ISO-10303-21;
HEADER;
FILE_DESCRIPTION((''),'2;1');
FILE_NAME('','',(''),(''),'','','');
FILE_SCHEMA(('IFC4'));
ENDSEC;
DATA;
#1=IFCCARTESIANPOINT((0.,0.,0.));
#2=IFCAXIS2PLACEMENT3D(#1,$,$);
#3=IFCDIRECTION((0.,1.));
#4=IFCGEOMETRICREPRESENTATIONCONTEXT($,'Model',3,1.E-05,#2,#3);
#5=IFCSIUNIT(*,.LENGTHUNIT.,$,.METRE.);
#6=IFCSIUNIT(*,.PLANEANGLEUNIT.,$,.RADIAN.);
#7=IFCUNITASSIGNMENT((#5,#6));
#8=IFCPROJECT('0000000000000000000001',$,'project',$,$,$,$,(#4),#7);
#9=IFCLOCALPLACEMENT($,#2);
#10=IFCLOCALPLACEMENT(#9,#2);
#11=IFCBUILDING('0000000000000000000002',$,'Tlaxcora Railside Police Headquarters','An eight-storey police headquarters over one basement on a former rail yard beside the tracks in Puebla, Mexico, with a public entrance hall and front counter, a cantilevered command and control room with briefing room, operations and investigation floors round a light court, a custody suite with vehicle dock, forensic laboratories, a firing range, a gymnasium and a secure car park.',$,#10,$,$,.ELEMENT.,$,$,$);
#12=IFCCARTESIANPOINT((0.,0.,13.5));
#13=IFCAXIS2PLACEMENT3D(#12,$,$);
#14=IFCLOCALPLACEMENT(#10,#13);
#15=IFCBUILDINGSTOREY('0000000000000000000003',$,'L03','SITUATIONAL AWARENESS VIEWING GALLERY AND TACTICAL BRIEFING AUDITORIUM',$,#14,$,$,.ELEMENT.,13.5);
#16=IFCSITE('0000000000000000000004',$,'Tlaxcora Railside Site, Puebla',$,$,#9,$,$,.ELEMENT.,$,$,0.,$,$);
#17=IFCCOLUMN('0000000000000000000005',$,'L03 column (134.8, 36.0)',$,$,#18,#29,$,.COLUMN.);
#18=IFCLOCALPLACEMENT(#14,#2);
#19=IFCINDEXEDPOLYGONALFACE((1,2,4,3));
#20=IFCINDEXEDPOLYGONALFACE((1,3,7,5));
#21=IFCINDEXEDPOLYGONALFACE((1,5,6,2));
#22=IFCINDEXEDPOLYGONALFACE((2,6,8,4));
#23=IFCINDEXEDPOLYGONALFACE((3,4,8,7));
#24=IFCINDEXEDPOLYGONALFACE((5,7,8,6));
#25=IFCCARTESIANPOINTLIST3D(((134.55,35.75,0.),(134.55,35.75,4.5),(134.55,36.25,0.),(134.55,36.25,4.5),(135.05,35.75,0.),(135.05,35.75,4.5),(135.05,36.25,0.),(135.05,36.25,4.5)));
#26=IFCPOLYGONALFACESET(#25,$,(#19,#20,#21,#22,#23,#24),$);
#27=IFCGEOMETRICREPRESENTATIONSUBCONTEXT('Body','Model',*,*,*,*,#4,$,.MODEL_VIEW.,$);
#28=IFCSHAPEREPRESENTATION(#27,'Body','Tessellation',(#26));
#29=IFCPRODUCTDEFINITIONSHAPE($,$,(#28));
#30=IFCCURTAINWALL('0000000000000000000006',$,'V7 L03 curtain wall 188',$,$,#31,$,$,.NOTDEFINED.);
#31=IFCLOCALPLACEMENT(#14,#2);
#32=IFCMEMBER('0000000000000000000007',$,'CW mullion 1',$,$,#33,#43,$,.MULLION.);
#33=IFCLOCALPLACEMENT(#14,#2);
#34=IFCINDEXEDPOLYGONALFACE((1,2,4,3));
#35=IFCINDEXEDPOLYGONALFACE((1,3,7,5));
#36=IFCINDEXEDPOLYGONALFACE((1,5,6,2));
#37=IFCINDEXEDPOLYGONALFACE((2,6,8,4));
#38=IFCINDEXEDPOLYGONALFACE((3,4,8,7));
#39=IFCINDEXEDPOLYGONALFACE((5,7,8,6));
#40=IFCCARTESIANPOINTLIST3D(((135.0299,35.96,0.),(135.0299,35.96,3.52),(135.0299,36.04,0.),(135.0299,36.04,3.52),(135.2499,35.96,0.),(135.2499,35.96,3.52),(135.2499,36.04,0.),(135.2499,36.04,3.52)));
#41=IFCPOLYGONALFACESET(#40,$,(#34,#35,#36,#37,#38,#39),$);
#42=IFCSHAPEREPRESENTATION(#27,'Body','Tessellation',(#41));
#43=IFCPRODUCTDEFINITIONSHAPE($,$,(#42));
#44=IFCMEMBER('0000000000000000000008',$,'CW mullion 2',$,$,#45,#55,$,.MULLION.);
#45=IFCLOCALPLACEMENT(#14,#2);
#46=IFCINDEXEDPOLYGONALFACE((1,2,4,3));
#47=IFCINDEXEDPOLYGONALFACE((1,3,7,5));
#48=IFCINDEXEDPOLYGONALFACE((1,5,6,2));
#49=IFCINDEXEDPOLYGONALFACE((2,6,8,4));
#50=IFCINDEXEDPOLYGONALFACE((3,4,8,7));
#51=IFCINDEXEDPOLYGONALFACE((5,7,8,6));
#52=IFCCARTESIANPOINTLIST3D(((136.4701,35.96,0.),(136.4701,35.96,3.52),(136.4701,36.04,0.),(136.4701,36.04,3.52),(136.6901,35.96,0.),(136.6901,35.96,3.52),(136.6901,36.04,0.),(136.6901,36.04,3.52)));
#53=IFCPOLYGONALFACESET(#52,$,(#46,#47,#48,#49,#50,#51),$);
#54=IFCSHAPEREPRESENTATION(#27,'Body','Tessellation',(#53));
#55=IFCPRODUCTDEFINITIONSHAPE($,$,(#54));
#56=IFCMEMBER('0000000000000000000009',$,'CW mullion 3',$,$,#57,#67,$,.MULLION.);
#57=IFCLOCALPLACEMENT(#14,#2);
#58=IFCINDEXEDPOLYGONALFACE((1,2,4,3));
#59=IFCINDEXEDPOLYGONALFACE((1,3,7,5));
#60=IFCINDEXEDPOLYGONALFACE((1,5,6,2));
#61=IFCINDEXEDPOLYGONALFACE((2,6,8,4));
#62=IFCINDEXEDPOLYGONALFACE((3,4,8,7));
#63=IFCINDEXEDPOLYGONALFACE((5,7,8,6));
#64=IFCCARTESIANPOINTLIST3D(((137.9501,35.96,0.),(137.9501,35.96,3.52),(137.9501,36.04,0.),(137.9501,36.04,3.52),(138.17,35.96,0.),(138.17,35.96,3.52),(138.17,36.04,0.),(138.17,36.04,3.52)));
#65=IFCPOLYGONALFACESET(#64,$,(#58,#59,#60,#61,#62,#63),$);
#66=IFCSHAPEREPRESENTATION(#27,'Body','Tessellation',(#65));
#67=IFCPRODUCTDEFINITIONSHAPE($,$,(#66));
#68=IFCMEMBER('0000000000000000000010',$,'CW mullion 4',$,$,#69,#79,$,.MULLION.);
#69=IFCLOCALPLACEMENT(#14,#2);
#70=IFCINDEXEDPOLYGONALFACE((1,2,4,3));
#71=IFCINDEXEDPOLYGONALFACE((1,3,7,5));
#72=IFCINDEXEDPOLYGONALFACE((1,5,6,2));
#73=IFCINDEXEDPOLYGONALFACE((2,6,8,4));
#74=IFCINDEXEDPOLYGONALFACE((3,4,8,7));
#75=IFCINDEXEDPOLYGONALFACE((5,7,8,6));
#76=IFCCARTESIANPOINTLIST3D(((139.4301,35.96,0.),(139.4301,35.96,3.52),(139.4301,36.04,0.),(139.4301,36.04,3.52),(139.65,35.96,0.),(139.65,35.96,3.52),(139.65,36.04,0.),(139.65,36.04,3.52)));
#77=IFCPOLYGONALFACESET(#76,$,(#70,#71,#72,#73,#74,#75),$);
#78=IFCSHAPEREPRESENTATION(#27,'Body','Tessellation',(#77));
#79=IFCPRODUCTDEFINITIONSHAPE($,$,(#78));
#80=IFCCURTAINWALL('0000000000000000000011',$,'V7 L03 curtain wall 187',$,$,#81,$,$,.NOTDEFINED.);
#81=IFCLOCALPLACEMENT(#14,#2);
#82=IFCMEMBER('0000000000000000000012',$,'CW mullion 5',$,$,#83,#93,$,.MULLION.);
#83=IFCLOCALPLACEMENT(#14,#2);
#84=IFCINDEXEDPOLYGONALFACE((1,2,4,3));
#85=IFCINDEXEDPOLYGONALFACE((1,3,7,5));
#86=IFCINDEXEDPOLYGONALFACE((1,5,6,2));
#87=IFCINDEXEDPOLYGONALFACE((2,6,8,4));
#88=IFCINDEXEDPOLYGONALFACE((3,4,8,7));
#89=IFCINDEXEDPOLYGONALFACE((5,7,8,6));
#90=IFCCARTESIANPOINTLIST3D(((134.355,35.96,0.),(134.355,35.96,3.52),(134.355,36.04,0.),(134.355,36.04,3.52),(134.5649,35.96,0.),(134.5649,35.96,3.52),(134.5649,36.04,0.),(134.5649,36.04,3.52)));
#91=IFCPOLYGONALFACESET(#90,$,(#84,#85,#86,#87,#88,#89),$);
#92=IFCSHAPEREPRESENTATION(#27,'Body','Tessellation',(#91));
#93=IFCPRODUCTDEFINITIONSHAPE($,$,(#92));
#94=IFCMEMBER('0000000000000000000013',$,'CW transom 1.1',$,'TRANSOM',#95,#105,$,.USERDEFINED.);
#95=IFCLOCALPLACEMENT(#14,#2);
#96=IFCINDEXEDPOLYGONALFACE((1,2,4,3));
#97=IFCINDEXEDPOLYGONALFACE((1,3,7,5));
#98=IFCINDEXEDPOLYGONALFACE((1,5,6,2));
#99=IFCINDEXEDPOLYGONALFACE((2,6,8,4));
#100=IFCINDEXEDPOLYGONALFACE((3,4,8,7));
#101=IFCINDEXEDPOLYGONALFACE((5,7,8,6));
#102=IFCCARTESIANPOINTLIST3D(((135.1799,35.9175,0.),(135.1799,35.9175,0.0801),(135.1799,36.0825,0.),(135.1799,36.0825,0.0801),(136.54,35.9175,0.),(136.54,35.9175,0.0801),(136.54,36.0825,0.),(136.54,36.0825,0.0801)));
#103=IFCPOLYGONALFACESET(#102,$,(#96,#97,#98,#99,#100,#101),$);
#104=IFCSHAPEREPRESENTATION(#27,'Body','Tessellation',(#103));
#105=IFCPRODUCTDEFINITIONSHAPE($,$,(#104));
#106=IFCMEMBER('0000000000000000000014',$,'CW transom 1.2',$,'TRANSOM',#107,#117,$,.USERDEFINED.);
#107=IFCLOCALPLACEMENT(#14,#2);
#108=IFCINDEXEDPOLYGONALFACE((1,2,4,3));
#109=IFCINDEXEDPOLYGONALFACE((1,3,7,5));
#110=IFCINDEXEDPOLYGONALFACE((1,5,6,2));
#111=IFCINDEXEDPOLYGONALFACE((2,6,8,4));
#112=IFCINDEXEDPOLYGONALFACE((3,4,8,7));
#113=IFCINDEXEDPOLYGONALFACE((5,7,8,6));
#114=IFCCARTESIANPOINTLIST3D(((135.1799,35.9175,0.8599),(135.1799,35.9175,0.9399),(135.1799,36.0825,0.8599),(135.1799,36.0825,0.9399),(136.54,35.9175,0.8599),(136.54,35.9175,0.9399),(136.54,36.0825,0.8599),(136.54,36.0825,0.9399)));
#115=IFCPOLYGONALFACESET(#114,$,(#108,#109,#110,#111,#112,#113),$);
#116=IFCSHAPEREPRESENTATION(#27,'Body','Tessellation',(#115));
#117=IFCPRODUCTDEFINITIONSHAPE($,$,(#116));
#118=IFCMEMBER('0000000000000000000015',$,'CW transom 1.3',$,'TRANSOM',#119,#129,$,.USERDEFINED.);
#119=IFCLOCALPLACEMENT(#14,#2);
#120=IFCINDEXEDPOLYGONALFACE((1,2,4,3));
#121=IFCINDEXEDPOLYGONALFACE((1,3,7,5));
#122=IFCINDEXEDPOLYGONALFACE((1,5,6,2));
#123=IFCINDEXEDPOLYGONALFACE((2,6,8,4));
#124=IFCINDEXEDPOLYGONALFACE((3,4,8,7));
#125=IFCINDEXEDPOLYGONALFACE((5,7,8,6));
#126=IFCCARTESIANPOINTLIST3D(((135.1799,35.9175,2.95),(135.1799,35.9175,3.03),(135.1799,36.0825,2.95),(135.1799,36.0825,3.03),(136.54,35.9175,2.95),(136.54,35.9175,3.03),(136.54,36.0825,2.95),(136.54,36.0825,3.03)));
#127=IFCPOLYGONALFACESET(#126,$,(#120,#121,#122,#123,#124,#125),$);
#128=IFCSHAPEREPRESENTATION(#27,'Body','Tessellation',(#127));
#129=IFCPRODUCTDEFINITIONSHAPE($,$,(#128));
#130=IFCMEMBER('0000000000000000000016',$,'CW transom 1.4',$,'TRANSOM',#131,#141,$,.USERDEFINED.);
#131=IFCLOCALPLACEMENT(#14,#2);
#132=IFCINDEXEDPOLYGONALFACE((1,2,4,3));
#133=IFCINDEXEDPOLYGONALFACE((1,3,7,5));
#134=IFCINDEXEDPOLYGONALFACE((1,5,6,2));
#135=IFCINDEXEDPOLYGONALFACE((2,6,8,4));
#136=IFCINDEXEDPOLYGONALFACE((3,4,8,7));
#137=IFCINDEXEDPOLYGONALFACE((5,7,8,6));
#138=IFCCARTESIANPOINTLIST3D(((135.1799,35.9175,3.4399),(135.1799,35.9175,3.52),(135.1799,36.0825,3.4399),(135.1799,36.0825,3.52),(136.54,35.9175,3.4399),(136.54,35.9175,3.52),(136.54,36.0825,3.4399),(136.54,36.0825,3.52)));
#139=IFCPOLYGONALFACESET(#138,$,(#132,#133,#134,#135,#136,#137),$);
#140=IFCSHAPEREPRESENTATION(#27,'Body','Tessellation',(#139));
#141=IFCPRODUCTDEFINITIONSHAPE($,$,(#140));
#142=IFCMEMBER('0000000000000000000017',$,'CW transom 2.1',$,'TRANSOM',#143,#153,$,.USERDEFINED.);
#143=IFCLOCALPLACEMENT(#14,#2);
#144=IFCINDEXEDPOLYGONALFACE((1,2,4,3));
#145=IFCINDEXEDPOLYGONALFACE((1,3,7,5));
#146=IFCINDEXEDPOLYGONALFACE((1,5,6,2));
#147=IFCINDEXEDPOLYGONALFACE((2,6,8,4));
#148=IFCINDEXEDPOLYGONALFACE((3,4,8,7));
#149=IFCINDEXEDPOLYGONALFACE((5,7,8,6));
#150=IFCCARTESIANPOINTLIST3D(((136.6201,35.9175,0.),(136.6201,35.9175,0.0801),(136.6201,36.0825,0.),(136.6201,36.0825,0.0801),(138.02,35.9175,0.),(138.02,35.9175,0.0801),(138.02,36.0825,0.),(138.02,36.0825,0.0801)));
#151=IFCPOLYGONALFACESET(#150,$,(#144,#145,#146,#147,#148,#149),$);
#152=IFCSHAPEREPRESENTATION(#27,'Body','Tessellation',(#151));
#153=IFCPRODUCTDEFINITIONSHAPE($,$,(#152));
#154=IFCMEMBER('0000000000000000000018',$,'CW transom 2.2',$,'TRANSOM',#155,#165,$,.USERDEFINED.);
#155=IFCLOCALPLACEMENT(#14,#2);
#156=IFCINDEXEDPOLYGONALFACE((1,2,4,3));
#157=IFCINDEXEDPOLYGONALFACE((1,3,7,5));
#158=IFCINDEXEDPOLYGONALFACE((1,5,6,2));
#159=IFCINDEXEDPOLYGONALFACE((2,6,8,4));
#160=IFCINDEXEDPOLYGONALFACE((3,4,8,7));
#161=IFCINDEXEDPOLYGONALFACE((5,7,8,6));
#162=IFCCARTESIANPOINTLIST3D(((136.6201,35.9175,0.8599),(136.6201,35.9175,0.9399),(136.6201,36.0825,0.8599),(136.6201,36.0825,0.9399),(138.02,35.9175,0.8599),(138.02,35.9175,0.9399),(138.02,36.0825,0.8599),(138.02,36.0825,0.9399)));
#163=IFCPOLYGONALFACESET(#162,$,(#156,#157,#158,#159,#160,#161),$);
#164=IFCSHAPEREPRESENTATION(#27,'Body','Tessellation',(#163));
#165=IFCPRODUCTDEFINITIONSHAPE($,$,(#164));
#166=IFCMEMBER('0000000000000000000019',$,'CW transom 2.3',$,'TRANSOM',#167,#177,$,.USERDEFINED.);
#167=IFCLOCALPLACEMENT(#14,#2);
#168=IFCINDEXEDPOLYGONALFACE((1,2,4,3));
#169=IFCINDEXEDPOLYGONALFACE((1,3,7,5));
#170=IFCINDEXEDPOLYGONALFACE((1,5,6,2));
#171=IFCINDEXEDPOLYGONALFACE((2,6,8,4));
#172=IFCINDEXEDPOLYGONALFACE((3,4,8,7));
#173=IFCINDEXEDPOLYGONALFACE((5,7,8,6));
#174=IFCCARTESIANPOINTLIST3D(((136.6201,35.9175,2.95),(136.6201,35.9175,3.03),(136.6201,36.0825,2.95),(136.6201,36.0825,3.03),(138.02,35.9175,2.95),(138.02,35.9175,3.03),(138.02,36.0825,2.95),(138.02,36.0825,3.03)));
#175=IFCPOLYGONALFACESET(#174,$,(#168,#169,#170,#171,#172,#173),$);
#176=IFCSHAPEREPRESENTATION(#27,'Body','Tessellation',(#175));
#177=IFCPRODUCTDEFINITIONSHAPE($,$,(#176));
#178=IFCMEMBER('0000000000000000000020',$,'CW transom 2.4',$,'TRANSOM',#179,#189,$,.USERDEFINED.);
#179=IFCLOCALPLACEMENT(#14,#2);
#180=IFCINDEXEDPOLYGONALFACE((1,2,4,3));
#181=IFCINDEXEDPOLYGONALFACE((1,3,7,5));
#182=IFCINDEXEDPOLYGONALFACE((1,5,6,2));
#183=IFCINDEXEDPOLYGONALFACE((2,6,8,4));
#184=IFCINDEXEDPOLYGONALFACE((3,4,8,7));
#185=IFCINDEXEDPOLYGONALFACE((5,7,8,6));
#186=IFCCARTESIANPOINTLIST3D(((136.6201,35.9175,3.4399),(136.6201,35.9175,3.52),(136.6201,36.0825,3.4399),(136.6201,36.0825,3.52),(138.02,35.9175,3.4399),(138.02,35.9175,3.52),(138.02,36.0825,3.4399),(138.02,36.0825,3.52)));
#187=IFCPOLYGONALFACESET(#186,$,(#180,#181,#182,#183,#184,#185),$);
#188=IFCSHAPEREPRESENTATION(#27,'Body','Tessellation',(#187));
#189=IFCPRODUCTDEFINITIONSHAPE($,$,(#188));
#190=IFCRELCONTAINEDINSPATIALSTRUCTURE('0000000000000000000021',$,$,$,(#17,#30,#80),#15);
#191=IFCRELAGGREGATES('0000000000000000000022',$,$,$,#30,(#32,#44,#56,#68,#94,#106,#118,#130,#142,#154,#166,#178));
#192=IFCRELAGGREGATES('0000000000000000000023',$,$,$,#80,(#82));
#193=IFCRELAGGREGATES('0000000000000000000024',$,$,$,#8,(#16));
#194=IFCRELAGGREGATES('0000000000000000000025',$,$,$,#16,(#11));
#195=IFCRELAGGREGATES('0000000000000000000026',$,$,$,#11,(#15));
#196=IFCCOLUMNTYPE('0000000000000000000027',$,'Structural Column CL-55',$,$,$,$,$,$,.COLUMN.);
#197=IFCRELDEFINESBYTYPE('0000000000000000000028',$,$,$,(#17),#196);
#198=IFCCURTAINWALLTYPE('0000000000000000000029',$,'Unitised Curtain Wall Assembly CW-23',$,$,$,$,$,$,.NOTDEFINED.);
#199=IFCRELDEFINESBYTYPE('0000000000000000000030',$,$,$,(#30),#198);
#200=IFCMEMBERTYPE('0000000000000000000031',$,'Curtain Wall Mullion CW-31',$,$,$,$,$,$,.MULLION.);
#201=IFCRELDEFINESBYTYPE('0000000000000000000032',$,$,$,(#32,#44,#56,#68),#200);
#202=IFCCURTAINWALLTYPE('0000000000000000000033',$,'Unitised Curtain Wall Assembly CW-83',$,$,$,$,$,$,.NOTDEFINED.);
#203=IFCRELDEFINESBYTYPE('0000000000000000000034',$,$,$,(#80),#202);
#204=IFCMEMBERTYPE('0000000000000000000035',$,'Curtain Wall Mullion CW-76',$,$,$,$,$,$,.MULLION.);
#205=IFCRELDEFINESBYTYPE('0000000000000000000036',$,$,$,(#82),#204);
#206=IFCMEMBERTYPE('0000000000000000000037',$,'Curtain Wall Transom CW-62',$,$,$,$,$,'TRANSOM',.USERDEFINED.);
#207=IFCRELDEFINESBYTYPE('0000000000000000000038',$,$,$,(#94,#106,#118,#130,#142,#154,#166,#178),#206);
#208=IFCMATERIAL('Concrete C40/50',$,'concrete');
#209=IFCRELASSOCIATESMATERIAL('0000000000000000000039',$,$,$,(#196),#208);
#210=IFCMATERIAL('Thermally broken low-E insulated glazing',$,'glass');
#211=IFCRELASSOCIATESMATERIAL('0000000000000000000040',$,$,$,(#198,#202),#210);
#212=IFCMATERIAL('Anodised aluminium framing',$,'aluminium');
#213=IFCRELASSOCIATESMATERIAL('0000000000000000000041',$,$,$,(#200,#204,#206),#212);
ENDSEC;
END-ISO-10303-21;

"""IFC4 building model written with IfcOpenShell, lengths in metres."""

from ifc_helpers import new_model, si_unit, direction, frame, origin, origin_2d, place, context, subcontext, project, spatial, rectangle, extrude, material, material_profile, profile_set, type_object, element, aggregate, save


model = new_model("IFC4")

# Units and contexts
model_context = context("Model", 3, precision=1e-05, world=origin(), true_north=direction((0.0, 1.0)))
body_context = subcontext(model_context, "Body", "Model", "MODEL_VIEW")
ifc_project = project(units=[si_unit("LENGTHUNIT", "METRE"), si_unit("PLANEANGLEUNIT", "RADIAN")], contexts=[model_context])

# Site, building, storey
site_placement = place(None, origin())
site = spatial("IfcSite", under=ifc_project, at=site_placement, Name="Tlaxcora Railside Site, Puebla", CompositionType="ELEMENT", RefElevation=0.0)
building_placement = place(site_placement, origin())
building = spatial("IfcBuilding", under=site, at=building_placement, Name="Tlaxcora Railside Police Headquarters", Description="An eight-storey police headquarters over one basement on a former rail yard beside the tracks in Puebla, Mexico, with a public entrance hall and front counter, a cantilevered command and control room with briefing room, operations and investigation floors round a light court, a custody suite with vehicle dock, forensic laboratories, a firing range, a gymnasium and a secure car park.", CompositionType="ELEMENT")
storey_placement = place(building_placement, frame((0.0, 0.0, 13.5)))
storey = spatial("IfcBuildingStorey", under=building, at=storey_placement, Name="L03", Description="SITUATIONAL AWARENESS VIEWING GALLERY AND TACTICAL BRIEFING AUDITORIUM", CompositionType="ELEMENT", Elevation=13.5)

# Column
ifc_material_1 = material(Name="Concrete C40/50", Category="concrete")
ifc_material_profile_1 = material_profile(ifc_material_1, rectangle(XDim=0.5, YDim=0.5, at=origin_2d()), Name="RC500X500")
ifc_profile_set_1 = profile_set([ifc_material_profile_1], Name="Concrete C40/50")
column_type = type_object("IfcColumnType", Name="Structural Column CL-55", PredefinedType="COLUMN", material=ifc_profile_set_1)
column_placement = place(storey_placement, frame((134.8, 36.0, 0.0), z_axis=(0.0, 0.0, 1.0), x_axis=(1.0, 0.0, 0.0)))
element("IfcColumn", 1, at=column_placement, inside=storey, type_object=column_type, Name="L03 column (134.8, 36.0)", PredefinedType="COLUMN", context=body_context, shape_type="SweptSolid", body=[
    extrude(rectangle(XDim=0.5, YDim=0.5, at=origin_2d()), origin(), (0.0, 0.0, 1.0), 4.5),
])

# Curtain wall, members
ifc_material_2 = material(Name="Thermally broken low-E insulated glazing", Category="glass")
curtain_wall_type_1 = type_object("IfcCurtainWallType", Name="Unitised Curtain Wall Assembly CW-23", PredefinedType="NOTDEFINED", material=ifc_material_2)
curtain_wall_1_placement = place(storey_placement, origin())
curtain_wall_1 = element("IfcCurtainWall", 2, at=curtain_wall_1_placement, inside=storey, type_object=curtain_wall_type_1, Name="V7 L03 curtain wall 188", PredefinedType="NOTDEFINED")
ifc_material_3 = material(Name="Anodised aluminium framing", Category="aluminium")
ifc_material_profile_2 = material_profile(ifc_material_3, rectangle(XDim=0.0801, YDim=0.22, at=origin_2d()), Name="AL80X220")
ifc_profile_set_2 = profile_set([ifc_material_profile_2], Name="Anodised aluminium framing")
member_type_1 = type_object("IfcMemberType", Name="Curtain Wall Mullion CW-31", PredefinedType="MULLION", material=ifc_profile_set_2)
member_1_placement = place(storey_placement, frame((135.1399, 36.0, 0.0), z_axis=(0.0, 0.0, 1.0), x_axis=(0.0, 1.0, 0.0)))
member_1 = element("IfcMember", 3, at=member_1_placement, type_object=member_type_1, Name="CW mullion 1", PredefinedType="MULLION", context=body_context, shape_type="SweptSolid", body=[
    extrude(rectangle(XDim=0.0801, YDim=0.22, at=origin_2d()), origin(), (0.0, 0.0, 1.0), 3.52),
])
member_2_placement = place(storey_placement, frame((136.5801, 36.0, 0.0), z_axis=(0.0, 0.0, 1.0), x_axis=(0.0, 1.0, 0.0)))
member_2 = element("IfcMember", 4, at=member_2_placement, type_object=member_type_1, Name="CW mullion 2", PredefinedType="MULLION", context=body_context, shape_type="SweptSolid", body=[
    extrude(rectangle(XDim=0.0801, YDim=0.22, at=origin_2d()), origin(), (0.0, 0.0, 1.0), 3.52),
])
member_3_placement = place(storey_placement, frame((138.0601, 36.0, 0.0), z_axis=(0.0, 0.0, 1.0), x_axis=(0.0, 1.0, 0.0)))
member_3 = element("IfcMember", 5, at=member_3_placement, type_object=member_type_1, Name="CW mullion 3", PredefinedType="MULLION", context=body_context, shape_type="SweptSolid", body=[
    extrude(rectangle(XDim=0.0801, YDim=0.22, at=origin_2d()), origin(), (0.0, 0.0, 1.0), 3.52),
])
member_4_placement = place(storey_placement, frame((139.54, 36.0, 0.0), z_axis=(0.0, 0.0, 1.0), x_axis=(0.0, 1.0, 0.0)))
member_4 = element("IfcMember", 6, at=member_4_placement, type_object=member_type_1, Name="CW mullion 4", PredefinedType="MULLION", context=body_context, shape_type="SweptSolid", body=[
    extrude(rectangle(XDim=0.0801, YDim=0.22, at=origin_2d()), origin(), (0.0, 0.0, 1.0), 3.52),
])

# Curtain wall, member
curtain_wall_type_2 = type_object("IfcCurtainWallType", Name="Unitised Curtain Wall Assembly CW-83", PredefinedType="NOTDEFINED", material=ifc_material_2)
curtain_wall_2_placement = place(storey_placement, origin())
curtain_wall_2 = element("IfcCurtainWall", 7, at=curtain_wall_2_placement, inside=storey, type_object=curtain_wall_type_2, Name="V7 L03 curtain wall 187", PredefinedType="NOTDEFINED")
ifc_material_profile_3 = material_profile(ifc_material_3, rectangle(XDim=0.0801, YDim=0.21, at=origin_2d()), Name="AL80X210")
ifc_profile_set_3 = profile_set([ifc_material_profile_3], Name="Anodised aluminium framing")
member_type_2 = type_object("IfcMemberType", Name="Curtain Wall Mullion CW-76", PredefinedType="MULLION", material=ifc_profile_set_3)
member_5_placement = place(storey_placement, frame((134.46, 36.0, 0.0), z_axis=(0.0, 0.0, 1.0), x_axis=(0.0, 1.0, 0.0)))
member_5 = element("IfcMember", 8, at=member_5_placement, type_object=member_type_2, Name="CW mullion 5", PredefinedType="MULLION", context=body_context, shape_type="SweptSolid", body=[
    extrude(rectangle(XDim=0.0801, YDim=0.21, at=origin_2d()), origin(), (0.0, 0.0, 1.0), 3.52),
])

# Members
ifc_material_profile_4 = material_profile(ifc_material_3, rectangle(XDim=0.165, YDim=0.0801, at=origin_2d()), Name="AL80X165")
ifc_profile_set_4 = profile_set([ifc_material_profile_4], Name="Anodised aluminium framing")
member_type_3 = type_object("IfcMemberType", Name="Curtain Wall Transom CW-62", ElementType="TRANSOM", PredefinedType="USERDEFINED", material=ifc_profile_set_4)
member_6_placement = place(storey_placement, frame((135.1799, 36.0, 0.04), z_axis=(1.0, 0.0, 0.0), x_axis=(0.0, 1.0, 0.0)))
member_6 = element("IfcMember", 9, at=member_6_placement, type_object=member_type_3, Name="CW transom 1.1", ObjectType="TRANSOM", PredefinedType="USERDEFINED", context=body_context, shape_type="SweptSolid", body=[
    extrude(rectangle(XDim=0.165, YDim=0.0801, at=origin_2d()), origin(), (0.0, 0.0, 1.0), 1.3601),
])
member_7_placement = place(storey_placement, frame((135.1799, 36.0, 0.8999), z_axis=(1.0, 0.0, 0.0), x_axis=(0.0, 1.0, 0.0)))
member_7 = element("IfcMember", 10, at=member_7_placement, type_object=member_type_3, Name="CW transom 1.2", ObjectType="TRANSOM", PredefinedType="USERDEFINED", context=body_context, shape_type="SweptSolid", body=[
    extrude(rectangle(XDim=0.165, YDim=0.0801, at=origin_2d()), origin(), (0.0, 0.0, 1.0), 1.3601),
])
member_8_placement = place(storey_placement, frame((135.1799, 36.0, 2.99), z_axis=(1.0, 0.0, 0.0), x_axis=(0.0, 1.0, 0.0)))
member_8 = element("IfcMember", 11, at=member_8_placement, type_object=member_type_3, Name="CW transom 1.3", ObjectType="TRANSOM", PredefinedType="USERDEFINED", context=body_context, shape_type="SweptSolid", body=[
    extrude(rectangle(XDim=0.165, YDim=0.0801, at=origin_2d()), origin(), (0.0, 0.0, 1.0), 1.3601),
])
member_9_placement = place(storey_placement, frame((135.1799, 36.0, 3.48), z_axis=(1.0, 0.0, 0.0), x_axis=(0.0, 1.0, 0.0)))
member_9 = element("IfcMember", 12, at=member_9_placement, type_object=member_type_3, Name="CW transom 1.4", ObjectType="TRANSOM", PredefinedType="USERDEFINED", context=body_context, shape_type="SweptSolid", body=[
    extrude(rectangle(XDim=0.165, YDim=0.0801, at=origin_2d()), origin(), (0.0, 0.0, 1.0), 1.3601),
])
member_10_placement = place(storey_placement, frame((136.6201, 36.0, 0.04), z_axis=(1.0, 0.0, 0.0), x_axis=(0.0, 1.0, 0.0)))
member_10 = element("IfcMember", 13, at=member_10_placement, type_object=member_type_3, Name="CW transom 2.1", ObjectType="TRANSOM", PredefinedType="USERDEFINED", context=body_context, shape_type="SweptSolid", body=[
    extrude(rectangle(XDim=0.165, YDim=0.0801, at=origin_2d()), origin(), (0.0, 0.0, 1.0), 1.3999),
])
member_11_placement = place(storey_placement, frame((136.6201, 36.0, 0.8999), z_axis=(1.0, 0.0, 0.0), x_axis=(0.0, 1.0, 0.0)))
member_11 = element("IfcMember", 14, at=member_11_placement, type_object=member_type_3, Name="CW transom 2.2", ObjectType="TRANSOM", PredefinedType="USERDEFINED", context=body_context, shape_type="SweptSolid", body=[
    extrude(rectangle(XDim=0.165, YDim=0.0801, at=origin_2d()), origin(), (0.0, 0.0, 1.0), 1.3999),
])
member_12_placement = place(storey_placement, frame((136.6201, 36.0, 2.99), z_axis=(1.0, 0.0, 0.0), x_axis=(0.0, 1.0, 0.0)))
member_12 = element("IfcMember", 15, at=member_12_placement, type_object=member_type_3, Name="CW transom 2.3", ObjectType="TRANSOM", PredefinedType="USERDEFINED", context=body_context, shape_type="SweptSolid", body=[
    extrude(rectangle(XDim=0.165, YDim=0.0801, at=origin_2d()), origin(), (0.0, 0.0, 1.0), 1.3999),
])
member_13_placement = place(storey_placement, frame((136.6201, 36.0, 3.48), z_axis=(1.0, 0.0, 0.0), x_axis=(0.0, 1.0, 0.0)))
member_13 = element("IfcMember", 16, at=member_13_placement, type_object=member_type_3, Name="CW transom 2.4", ObjectType="TRANSOM", PredefinedType="USERDEFINED", context=body_context, shape_type="SweptSolid", body=[
    extrude(rectangle(XDim=0.165, YDim=0.0801, at=origin_2d()), origin(), (0.0, 0.0, 1.0), 1.3999),
])

aggregate(curtain_wall_1, [member_1, member_2, member_3, member_4, member_6, member_7, member_8, member_9, member_10, member_11, member_12, member_13])
aggregate(curtain_wall_2, [member_5])

save(model, "model.ifc")
